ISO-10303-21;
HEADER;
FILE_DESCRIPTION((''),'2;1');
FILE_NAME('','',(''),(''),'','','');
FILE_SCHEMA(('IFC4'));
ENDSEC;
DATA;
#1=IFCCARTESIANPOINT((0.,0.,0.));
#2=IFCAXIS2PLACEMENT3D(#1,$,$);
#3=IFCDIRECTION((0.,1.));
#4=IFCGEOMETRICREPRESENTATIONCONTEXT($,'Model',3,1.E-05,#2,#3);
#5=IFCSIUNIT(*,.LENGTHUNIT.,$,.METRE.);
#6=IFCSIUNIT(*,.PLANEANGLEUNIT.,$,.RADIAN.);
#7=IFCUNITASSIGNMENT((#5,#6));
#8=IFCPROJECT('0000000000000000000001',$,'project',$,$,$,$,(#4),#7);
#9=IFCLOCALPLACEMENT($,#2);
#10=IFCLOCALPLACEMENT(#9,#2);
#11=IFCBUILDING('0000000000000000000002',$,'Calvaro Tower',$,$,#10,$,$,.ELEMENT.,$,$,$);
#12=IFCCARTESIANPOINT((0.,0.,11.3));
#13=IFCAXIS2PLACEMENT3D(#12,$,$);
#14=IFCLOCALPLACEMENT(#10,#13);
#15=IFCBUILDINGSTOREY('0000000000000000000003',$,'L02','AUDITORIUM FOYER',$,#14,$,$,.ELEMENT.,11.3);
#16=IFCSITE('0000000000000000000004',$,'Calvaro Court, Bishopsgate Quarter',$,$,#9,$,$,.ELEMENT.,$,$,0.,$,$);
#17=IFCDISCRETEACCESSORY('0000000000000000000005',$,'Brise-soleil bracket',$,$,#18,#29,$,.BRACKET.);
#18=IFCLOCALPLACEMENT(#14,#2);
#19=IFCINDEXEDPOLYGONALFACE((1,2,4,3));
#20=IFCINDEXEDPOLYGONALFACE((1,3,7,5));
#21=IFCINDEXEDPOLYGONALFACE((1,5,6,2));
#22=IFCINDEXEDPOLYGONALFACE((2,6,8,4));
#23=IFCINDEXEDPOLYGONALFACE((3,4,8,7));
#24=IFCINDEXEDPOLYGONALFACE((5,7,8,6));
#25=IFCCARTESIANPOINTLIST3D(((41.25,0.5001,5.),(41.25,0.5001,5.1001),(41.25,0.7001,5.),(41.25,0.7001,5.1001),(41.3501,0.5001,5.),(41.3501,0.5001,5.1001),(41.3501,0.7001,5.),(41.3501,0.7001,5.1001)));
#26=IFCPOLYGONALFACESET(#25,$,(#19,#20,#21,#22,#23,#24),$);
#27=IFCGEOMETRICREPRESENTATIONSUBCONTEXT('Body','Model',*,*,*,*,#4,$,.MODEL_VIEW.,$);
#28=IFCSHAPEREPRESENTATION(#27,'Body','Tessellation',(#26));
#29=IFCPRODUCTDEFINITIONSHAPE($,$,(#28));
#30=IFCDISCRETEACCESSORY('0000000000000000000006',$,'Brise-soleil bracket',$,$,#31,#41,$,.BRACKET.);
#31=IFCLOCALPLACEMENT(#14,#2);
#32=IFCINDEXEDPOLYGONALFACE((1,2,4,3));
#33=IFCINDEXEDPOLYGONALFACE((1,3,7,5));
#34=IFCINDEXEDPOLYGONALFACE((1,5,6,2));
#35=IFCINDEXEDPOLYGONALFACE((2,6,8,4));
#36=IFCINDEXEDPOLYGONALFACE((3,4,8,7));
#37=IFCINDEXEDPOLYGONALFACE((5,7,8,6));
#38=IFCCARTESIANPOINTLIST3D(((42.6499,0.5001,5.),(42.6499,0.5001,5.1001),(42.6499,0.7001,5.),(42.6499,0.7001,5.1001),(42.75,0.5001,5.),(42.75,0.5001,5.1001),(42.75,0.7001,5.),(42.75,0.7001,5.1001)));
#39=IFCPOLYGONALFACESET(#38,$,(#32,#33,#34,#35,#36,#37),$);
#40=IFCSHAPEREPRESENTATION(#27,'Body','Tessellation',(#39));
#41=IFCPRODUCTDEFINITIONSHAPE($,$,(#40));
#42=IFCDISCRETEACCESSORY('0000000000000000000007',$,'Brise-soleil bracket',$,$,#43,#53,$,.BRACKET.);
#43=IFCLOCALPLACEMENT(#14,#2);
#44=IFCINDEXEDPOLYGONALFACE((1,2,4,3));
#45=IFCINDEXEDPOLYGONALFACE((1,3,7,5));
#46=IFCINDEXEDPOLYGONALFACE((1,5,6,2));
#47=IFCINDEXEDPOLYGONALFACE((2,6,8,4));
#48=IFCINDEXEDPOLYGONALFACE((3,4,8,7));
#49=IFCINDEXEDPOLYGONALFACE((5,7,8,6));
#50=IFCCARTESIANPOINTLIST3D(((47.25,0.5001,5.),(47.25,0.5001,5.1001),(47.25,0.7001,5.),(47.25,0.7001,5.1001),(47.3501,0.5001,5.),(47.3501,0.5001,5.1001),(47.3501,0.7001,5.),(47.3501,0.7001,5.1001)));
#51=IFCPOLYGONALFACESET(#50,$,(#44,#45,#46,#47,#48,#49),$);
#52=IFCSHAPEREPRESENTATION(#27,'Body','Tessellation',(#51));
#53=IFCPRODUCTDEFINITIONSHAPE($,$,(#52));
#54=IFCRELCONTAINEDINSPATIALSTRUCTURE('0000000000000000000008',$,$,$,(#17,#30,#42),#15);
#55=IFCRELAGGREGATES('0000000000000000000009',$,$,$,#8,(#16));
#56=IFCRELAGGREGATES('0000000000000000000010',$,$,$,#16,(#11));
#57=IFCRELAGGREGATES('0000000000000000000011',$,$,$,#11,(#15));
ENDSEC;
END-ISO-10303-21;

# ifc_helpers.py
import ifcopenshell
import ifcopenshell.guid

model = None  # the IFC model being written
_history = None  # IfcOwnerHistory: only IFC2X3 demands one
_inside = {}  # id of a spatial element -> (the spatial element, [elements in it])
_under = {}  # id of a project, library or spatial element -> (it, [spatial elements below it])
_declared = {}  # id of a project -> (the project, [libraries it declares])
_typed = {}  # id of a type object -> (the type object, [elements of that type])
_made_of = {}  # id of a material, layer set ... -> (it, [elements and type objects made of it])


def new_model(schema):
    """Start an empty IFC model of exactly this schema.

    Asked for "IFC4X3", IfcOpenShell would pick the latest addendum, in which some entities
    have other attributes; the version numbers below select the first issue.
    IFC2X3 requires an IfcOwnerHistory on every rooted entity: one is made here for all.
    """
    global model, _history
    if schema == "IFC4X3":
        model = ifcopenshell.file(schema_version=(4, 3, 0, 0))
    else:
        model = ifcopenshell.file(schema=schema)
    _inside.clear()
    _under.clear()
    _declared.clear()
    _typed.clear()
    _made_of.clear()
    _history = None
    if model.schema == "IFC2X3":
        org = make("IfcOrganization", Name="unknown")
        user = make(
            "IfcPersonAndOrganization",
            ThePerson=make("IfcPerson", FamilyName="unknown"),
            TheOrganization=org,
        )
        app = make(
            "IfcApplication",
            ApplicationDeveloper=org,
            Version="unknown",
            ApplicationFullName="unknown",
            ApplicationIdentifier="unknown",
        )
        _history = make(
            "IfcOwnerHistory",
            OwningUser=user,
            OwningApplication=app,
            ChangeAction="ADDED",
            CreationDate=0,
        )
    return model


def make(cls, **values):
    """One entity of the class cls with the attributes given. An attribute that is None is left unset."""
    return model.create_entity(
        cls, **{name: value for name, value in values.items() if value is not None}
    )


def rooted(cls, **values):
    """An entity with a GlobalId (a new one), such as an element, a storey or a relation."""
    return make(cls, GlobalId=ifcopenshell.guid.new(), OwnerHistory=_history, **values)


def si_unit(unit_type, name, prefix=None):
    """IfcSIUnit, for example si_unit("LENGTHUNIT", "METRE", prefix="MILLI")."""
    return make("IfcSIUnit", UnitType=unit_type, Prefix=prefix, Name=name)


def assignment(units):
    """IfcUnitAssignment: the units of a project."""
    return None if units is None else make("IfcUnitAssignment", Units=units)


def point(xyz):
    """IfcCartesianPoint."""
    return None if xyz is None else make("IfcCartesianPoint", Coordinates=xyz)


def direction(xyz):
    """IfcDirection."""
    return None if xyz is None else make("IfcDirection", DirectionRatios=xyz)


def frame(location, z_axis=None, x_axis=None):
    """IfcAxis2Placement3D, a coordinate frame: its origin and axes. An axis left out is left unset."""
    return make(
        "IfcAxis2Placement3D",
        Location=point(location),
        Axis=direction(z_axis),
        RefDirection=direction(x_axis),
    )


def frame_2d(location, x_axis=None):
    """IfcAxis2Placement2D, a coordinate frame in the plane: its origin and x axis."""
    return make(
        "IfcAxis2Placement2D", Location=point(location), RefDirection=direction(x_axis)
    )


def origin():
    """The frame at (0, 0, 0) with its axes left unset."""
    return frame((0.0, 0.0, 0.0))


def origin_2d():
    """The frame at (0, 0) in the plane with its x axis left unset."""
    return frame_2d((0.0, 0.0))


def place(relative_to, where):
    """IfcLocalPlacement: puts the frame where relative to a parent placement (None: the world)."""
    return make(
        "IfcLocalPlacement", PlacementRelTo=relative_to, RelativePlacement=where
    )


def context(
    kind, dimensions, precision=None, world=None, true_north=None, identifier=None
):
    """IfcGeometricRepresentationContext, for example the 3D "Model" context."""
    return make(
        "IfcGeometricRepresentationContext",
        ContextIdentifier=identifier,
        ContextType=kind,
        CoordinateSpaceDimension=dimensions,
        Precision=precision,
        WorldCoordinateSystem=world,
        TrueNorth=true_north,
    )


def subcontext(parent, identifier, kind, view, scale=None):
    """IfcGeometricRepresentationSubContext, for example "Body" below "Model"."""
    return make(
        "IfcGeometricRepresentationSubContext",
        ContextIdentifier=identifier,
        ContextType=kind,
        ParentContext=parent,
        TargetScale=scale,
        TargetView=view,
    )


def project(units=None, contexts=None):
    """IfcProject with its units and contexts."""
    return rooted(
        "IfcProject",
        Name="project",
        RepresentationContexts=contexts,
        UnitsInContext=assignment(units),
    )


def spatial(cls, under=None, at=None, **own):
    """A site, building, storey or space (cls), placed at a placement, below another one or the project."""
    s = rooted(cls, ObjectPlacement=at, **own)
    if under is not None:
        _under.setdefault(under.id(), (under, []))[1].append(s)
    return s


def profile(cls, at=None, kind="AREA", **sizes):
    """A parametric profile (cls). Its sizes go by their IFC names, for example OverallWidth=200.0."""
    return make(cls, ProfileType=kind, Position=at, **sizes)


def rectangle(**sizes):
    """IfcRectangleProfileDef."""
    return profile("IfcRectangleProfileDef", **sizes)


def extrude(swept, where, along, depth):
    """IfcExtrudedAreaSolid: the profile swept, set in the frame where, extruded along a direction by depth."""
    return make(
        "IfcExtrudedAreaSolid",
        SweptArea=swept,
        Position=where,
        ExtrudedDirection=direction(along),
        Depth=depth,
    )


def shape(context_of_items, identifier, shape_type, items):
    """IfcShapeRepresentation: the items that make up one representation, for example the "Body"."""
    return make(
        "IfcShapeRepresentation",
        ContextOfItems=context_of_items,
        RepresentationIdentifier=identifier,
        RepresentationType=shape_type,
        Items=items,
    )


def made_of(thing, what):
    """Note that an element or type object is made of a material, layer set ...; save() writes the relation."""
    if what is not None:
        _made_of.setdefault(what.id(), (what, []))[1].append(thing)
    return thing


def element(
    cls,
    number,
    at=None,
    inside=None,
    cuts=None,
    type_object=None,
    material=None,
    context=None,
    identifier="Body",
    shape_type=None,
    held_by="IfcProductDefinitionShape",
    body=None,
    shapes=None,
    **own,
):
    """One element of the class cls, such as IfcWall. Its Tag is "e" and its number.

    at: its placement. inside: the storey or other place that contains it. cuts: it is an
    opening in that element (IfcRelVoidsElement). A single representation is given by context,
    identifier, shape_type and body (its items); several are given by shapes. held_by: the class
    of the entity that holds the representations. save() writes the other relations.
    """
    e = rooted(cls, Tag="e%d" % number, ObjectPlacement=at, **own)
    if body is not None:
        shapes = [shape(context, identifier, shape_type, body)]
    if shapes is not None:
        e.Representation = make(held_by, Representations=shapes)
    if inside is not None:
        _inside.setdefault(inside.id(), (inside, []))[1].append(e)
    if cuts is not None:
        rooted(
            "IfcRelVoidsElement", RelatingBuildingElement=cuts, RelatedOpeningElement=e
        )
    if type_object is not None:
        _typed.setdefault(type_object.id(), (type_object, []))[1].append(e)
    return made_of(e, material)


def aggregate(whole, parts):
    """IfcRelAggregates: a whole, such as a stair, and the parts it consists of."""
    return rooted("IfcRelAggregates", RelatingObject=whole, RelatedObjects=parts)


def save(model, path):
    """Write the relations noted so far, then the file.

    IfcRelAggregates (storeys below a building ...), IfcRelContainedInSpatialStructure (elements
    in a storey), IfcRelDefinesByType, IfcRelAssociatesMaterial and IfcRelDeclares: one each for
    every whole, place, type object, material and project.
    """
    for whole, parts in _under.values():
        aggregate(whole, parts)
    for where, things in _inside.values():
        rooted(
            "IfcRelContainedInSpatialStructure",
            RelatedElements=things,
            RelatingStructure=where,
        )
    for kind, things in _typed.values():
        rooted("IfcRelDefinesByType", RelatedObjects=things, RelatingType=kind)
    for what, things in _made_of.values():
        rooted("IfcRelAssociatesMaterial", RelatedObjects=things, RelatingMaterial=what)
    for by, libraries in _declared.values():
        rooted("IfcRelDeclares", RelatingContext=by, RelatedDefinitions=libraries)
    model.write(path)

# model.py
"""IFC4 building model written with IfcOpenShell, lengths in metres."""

from ifc_helpers import new_model, si_unit, direction, frame, origin, origin_2d, place, context, subcontext, project, spatial, rectangle, extrude, element, save


model = new_model("IFC4")

# Units and contexts
model_context = context("Model", 3, precision=1e-05, world=origin(), true_north=direction((0.0, 1.0)))
body_context = subcontext(model_context, "Body", "Model", "MODEL_VIEW")
ifc_project = project(units=[si_unit("LENGTHUNIT", "METRE"), si_unit("PLANEANGLEUNIT", "RADIAN")], contexts=[model_context])

# Site, building, storey
site_placement = place(None, origin())
site = spatial("IfcSite", under=ifc_project, at=site_placement, Name="Calvaro Court, Bishopsgate Quarter", CompositionType="ELEMENT", RefElevation=0.0)
building_placement = place(site_placement, origin())
building = spatial("IfcBuilding", under=site, at=building_placement, Name="Calvaro Tower", CompositionType="ELEMENT")
storey_placement = place(building_placement, frame((0.0, 0.0, 11.3)))
storey = spatial("IfcBuildingStorey", under=building, at=storey_placement, Name="L02", Description="AUDITORIUM FOYER", CompositionType="ELEMENT", Elevation=11.3)

# Discrete accessories
for number, where, z_axis, x_axis, name in (
    (1, (41.3, 0.6001, 5.0), (0.0, 0.0, 1.0), (1.0, 0.0, 0.0), "Brise-soleil bracket"),
    (2, (42.7, 0.6001, 5.0), (0.0, 0.0, 1.0), (1.0, 0.0, 0.0), "Brise-soleil bracket"),
    (3, (47.3, 0.6001, 5.0), (0.0, 0.0, 1.0), (1.0, 0.0, 0.0), "Brise-soleil bracket"),
):
    element("IfcDiscreteAccessory", number, at=place(storey_placement, frame(where, z_axis=z_axis, x_axis=x_axis)), inside=storey, Name=name, PredefinedType="BRACKET", context=body_context, shape_type="SweptSolid", body=[
        extrude(rectangle(XDim=0.1001, YDim=0.2, at=origin_2d()), origin(), (0.0, 0.0, 1.0), 0.1001),
    ])

save(model, "model.ifc")
